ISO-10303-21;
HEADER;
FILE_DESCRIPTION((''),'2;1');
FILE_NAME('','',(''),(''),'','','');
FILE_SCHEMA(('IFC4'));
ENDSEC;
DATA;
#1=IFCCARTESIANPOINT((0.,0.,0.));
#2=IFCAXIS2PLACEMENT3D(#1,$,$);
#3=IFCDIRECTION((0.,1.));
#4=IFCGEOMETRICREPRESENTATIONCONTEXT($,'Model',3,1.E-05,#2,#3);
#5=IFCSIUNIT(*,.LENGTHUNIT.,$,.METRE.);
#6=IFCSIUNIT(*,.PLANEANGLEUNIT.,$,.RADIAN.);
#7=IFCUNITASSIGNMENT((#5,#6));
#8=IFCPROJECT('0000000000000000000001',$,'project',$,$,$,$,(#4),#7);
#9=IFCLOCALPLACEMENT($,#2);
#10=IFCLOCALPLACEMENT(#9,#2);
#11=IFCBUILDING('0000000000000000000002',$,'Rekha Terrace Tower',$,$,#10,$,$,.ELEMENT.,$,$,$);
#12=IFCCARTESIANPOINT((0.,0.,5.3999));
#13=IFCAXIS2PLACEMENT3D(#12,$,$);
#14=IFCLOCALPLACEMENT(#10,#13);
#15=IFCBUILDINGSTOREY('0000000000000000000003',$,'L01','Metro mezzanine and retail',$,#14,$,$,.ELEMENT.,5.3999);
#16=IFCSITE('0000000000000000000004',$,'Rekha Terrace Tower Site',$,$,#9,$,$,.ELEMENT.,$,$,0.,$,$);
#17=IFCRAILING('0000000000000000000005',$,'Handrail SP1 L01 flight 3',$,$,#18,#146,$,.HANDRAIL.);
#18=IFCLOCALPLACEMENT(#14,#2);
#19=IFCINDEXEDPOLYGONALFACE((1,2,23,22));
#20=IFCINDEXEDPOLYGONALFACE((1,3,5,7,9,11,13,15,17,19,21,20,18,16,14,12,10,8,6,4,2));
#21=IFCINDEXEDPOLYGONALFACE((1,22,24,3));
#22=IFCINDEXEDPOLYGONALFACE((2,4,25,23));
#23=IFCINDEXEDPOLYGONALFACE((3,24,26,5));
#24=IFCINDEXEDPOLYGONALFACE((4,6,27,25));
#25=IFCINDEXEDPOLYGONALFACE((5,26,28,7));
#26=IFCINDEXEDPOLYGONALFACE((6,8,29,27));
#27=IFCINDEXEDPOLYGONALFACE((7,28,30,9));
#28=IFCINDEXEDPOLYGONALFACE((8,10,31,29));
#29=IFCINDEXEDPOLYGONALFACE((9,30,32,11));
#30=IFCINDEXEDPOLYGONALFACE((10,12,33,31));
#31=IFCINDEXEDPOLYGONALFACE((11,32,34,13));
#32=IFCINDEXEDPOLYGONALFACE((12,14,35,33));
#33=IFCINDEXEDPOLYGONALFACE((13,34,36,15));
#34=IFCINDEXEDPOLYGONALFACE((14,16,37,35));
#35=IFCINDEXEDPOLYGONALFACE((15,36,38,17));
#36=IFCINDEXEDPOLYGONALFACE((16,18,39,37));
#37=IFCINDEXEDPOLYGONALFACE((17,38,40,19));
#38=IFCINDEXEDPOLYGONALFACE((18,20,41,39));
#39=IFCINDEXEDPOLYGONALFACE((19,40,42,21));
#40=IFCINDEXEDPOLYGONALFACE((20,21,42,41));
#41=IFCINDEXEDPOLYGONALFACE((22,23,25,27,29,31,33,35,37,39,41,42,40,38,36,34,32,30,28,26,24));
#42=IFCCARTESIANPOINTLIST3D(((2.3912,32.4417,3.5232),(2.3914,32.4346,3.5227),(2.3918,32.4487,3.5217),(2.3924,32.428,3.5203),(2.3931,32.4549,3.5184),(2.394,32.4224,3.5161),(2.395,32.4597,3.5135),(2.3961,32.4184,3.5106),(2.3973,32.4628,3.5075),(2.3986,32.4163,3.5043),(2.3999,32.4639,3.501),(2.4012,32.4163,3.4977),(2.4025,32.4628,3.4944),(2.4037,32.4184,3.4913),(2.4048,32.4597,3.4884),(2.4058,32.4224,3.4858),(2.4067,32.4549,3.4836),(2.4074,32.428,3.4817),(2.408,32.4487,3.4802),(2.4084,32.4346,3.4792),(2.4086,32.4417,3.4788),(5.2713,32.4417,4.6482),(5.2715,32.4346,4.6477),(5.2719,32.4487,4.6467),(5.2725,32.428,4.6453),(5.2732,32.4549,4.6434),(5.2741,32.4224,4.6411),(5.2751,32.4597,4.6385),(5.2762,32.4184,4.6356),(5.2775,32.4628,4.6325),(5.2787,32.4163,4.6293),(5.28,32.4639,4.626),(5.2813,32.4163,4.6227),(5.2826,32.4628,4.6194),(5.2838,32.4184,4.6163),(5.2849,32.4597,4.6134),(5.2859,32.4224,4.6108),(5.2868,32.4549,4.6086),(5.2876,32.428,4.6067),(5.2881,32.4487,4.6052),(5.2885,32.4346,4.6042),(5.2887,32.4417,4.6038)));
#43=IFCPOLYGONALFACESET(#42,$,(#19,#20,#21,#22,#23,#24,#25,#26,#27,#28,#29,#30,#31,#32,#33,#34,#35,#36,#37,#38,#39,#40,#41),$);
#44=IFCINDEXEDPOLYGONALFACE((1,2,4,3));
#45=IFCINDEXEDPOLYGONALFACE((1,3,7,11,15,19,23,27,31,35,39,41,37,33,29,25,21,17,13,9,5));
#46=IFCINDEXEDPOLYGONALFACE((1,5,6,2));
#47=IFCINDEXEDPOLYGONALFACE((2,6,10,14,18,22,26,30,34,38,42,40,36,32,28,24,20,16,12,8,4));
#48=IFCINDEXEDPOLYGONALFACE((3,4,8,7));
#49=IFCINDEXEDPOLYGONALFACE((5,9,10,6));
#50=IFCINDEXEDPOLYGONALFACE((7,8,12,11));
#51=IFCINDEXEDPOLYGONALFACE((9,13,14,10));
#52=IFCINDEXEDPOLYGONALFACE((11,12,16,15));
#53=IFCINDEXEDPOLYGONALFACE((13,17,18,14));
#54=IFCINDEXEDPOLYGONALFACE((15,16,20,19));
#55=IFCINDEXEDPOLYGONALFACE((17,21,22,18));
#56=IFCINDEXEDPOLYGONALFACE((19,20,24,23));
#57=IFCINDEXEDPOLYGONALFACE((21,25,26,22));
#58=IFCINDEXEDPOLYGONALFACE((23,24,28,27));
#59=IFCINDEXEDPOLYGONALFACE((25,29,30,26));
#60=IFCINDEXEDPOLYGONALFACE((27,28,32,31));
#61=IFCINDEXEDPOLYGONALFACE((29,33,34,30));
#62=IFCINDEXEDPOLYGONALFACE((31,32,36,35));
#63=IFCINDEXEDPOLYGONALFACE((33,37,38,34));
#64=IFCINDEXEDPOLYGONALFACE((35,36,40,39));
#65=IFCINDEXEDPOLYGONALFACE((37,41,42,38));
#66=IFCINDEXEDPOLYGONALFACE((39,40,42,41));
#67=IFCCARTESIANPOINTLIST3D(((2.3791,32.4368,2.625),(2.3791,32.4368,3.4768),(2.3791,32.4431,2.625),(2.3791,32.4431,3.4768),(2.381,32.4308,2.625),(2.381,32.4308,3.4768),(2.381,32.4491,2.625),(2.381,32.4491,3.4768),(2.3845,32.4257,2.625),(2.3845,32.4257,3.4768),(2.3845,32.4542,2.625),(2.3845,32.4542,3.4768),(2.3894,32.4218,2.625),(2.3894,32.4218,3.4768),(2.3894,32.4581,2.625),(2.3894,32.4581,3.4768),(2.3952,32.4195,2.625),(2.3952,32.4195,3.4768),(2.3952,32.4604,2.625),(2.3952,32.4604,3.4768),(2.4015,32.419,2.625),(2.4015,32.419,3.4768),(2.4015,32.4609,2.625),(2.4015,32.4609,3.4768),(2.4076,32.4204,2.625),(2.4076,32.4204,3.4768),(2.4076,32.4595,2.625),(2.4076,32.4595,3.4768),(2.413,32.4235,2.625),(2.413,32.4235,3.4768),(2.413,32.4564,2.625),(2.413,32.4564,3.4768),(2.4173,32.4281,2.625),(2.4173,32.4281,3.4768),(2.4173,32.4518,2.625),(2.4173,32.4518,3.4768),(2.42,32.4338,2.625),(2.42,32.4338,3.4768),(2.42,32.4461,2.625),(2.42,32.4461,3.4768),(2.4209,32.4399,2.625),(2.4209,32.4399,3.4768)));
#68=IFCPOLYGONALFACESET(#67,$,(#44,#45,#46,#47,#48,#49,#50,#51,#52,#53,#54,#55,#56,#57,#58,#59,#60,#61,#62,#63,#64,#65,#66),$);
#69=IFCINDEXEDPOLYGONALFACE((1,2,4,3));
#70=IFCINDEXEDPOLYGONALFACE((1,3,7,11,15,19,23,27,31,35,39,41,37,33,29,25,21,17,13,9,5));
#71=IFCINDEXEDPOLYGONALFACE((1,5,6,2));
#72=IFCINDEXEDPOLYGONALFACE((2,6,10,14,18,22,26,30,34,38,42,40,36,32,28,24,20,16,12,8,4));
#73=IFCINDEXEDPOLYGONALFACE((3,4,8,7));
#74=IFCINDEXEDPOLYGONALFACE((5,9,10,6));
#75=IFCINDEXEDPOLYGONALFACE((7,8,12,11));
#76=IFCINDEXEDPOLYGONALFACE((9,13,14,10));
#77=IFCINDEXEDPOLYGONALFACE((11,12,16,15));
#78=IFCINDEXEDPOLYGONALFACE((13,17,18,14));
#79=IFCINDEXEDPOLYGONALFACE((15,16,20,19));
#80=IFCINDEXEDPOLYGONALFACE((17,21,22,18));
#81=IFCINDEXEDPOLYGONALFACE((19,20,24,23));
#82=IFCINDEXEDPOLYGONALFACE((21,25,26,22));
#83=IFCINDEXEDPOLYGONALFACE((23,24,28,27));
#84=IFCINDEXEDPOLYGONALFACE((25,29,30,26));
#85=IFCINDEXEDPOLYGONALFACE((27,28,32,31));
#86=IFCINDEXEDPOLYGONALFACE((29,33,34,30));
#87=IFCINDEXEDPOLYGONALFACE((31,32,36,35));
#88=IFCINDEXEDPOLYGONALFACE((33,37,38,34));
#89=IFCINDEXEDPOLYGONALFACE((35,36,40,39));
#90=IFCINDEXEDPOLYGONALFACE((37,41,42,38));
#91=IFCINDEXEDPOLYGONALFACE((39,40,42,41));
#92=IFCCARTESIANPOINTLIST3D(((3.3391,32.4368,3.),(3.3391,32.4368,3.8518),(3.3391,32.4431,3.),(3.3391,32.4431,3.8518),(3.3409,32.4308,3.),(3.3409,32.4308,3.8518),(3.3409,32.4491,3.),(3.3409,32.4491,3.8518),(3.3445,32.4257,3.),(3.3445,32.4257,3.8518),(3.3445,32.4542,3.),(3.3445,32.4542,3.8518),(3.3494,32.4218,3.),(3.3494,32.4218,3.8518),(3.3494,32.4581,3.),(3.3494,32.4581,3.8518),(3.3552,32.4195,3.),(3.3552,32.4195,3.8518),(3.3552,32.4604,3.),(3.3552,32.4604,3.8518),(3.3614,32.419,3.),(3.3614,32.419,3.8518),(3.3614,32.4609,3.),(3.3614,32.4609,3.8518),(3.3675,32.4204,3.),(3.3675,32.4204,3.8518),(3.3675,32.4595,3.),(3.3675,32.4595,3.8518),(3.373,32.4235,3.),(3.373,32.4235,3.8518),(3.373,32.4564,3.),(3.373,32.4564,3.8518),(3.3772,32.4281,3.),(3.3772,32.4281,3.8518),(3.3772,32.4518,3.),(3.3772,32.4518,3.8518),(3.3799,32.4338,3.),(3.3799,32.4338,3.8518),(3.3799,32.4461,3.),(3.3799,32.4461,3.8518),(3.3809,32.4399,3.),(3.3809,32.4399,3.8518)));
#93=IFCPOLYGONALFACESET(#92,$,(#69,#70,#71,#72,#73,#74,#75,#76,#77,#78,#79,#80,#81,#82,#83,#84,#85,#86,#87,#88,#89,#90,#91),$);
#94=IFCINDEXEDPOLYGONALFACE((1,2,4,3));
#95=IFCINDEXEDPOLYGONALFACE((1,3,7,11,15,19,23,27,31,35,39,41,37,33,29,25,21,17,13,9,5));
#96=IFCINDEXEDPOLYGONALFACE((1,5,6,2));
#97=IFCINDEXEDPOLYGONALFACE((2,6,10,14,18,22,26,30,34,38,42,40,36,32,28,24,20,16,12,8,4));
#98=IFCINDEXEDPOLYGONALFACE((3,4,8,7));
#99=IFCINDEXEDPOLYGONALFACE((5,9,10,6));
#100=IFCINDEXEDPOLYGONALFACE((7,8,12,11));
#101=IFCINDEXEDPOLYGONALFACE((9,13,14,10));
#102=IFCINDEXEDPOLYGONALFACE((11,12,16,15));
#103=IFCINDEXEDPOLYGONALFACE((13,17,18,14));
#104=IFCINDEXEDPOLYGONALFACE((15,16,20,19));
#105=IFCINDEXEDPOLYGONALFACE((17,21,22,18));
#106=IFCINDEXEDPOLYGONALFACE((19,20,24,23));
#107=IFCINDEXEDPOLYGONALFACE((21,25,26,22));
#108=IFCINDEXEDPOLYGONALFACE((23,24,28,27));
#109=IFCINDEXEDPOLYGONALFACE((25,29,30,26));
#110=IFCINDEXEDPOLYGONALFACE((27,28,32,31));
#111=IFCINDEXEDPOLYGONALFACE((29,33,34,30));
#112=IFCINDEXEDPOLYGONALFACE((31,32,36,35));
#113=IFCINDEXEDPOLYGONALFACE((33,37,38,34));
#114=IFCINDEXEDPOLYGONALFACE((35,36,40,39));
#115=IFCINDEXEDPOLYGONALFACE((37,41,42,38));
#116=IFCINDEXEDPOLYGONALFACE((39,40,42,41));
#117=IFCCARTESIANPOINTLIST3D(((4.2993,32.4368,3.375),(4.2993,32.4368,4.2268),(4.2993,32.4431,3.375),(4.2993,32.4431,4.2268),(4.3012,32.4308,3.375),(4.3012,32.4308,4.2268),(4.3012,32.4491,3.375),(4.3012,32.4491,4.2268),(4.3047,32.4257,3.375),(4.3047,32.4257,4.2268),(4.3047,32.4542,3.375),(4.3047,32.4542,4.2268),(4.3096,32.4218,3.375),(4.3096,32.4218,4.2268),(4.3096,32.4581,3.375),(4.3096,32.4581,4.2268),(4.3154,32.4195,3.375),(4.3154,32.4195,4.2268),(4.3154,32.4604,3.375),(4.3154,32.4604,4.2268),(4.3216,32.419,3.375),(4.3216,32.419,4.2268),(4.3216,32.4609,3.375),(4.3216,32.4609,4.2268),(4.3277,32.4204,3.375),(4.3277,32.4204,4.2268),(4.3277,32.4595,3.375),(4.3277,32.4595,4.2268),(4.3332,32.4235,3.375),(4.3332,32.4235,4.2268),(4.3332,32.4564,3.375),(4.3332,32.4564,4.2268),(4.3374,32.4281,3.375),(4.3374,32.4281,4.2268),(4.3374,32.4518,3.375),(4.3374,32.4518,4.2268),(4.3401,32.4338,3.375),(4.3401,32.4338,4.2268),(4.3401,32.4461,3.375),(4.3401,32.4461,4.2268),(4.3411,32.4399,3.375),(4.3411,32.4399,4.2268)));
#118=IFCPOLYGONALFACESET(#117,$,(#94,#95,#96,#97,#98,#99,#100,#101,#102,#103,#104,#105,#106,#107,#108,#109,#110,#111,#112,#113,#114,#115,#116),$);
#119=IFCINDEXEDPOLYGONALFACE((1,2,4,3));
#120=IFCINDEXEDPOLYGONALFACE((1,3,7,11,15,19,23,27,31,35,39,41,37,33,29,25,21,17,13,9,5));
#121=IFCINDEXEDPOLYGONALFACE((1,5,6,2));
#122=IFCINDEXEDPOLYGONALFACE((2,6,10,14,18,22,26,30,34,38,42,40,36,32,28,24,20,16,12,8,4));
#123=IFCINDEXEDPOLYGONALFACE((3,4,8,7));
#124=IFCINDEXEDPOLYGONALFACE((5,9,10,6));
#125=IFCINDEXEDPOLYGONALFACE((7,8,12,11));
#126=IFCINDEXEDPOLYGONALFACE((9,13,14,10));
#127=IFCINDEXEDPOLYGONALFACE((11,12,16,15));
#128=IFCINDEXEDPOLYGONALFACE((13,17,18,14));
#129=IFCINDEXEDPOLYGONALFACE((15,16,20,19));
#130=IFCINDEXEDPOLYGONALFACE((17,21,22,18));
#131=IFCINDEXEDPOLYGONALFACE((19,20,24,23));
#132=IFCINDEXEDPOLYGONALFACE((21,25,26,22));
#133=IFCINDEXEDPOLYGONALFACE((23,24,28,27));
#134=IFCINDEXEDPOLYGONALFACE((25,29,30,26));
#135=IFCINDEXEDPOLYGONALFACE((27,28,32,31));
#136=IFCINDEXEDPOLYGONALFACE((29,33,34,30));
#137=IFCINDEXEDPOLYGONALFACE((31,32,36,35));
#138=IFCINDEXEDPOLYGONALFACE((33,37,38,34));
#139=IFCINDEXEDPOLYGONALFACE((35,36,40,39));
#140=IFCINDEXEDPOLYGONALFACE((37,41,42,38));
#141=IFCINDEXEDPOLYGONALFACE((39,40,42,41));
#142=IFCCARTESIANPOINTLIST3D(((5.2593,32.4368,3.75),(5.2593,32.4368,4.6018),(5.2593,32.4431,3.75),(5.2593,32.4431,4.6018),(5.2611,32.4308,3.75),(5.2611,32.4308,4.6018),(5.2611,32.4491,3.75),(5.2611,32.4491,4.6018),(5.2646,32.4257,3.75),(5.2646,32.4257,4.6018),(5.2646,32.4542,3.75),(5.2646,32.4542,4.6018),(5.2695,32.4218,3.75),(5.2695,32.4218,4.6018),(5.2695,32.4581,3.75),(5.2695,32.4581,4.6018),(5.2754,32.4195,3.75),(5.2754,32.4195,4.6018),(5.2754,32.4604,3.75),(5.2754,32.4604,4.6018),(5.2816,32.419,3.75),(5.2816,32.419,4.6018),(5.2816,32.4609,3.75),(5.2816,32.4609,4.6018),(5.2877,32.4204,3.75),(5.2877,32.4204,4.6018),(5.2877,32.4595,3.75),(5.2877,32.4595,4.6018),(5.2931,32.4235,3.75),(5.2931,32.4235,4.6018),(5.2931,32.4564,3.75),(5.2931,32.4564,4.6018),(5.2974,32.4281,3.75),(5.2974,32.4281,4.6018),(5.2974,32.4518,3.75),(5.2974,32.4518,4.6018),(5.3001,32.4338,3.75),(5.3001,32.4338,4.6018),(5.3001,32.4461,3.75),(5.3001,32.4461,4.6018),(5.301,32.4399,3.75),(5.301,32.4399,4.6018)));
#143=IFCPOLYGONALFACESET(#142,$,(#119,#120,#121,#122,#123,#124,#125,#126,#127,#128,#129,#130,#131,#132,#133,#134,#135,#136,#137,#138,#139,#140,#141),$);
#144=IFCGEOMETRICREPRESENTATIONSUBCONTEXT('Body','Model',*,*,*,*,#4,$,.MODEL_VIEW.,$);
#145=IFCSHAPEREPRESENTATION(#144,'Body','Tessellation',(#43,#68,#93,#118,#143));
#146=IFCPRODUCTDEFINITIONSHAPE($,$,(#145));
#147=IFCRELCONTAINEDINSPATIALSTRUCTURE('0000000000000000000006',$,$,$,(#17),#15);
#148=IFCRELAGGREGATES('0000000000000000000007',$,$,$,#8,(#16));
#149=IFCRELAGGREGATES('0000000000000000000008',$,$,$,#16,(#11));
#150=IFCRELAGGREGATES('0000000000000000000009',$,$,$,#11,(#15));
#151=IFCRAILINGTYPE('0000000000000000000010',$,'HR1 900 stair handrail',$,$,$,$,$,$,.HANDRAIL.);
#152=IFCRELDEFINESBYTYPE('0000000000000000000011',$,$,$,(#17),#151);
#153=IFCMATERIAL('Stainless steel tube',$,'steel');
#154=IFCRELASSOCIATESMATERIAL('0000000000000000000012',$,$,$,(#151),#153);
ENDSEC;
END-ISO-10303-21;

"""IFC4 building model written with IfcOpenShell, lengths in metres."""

from ifc_helpers import new_model, si_unit, direction, frame, origin, origin_2d, place, context, subcontext, project, spatial, circle, extrude, material, type_object, element, save


model = new_model("IFC4")

# Units and contexts
model_context = context("Model", 3, precision=1e-05, world=origin(), true_north=direction((0.0, 1.0)))
body_context = subcontext(model_context, "Body", "Model", "MODEL_VIEW")
ifc_project = project(units=[si_unit("LENGTHUNIT", "METRE"), si_unit("PLANEANGLEUNIT", "RADIAN")], contexts=[model_context])

# Site, building, storey
site_placement = place(None, origin())
site = spatial("IfcSite", under=ifc_project, at=site_placement, Name="Rekha Terrace Tower Site", CompositionType="ELEMENT", RefElevation=0.0)
building_placement = place(site_placement, origin())
building = spatial("IfcBuilding", under=site, at=building_placement, Name="Rekha Terrace Tower", CompositionType="ELEMENT")
storey_placement = place(building_placement, frame((0.0, 0.0, 5.3999)))
storey = spatial("IfcBuildingStorey", under=building, at=storey_placement, Name="L01", Description="Metro mezzanine and retail", CompositionType="ELEMENT", Elevation=5.3999)

# Railing
ifc_material_1 = material(Name="Stainless steel tube", Category="steel")
railing_type_1 = type_object("IfcRailingType", Name="HR1 900 stair handrail", PredefinedType="HANDRAIL", material=ifc_material_1)
railing_1_placement = place(storey_placement, frame((2.3999, 32.4399, 2.625)))
element("IfcRailing", 1, at=railing_1_placement, inside=storey, type_object=railing_type_1, Name="Handrail SP1 L01 flight 3", PredefinedType="HANDRAIL", context=body_context, shape_type="SweptSolid", body=[
    extrude(circle(Radius=0.0239, at=origin_2d()), frame((0.0, 0.0, 0.876), z_axis=(0.931463, 0.0, 0.363837), x_axis=(0.0, 1.0, 0.0)), (0.0, 0.0, 1.0), 3.092),
    extrude(circle(Radius=0.021, at=origin_2d()), origin(), (0.0, 0.0, 1.0), 0.8518),
    extrude(circle(Radius=0.021, at=origin_2d()), frame((0.96, 0.0, 0.375)), (0.0, 0.0, 1.0), 0.8518),
    extrude(circle(Radius=0.021, at=origin_2d()), frame((1.9202, 0.0, 0.75)), (0.0, 0.0, 1.0), 0.8518),
    extrude(circle(Radius=0.021, at=origin_2d()), frame((2.8801, 0.0, 1.125)), (0.0, 0.0, 1.0), 0.8518),
])

save(model, "model.ifc")
